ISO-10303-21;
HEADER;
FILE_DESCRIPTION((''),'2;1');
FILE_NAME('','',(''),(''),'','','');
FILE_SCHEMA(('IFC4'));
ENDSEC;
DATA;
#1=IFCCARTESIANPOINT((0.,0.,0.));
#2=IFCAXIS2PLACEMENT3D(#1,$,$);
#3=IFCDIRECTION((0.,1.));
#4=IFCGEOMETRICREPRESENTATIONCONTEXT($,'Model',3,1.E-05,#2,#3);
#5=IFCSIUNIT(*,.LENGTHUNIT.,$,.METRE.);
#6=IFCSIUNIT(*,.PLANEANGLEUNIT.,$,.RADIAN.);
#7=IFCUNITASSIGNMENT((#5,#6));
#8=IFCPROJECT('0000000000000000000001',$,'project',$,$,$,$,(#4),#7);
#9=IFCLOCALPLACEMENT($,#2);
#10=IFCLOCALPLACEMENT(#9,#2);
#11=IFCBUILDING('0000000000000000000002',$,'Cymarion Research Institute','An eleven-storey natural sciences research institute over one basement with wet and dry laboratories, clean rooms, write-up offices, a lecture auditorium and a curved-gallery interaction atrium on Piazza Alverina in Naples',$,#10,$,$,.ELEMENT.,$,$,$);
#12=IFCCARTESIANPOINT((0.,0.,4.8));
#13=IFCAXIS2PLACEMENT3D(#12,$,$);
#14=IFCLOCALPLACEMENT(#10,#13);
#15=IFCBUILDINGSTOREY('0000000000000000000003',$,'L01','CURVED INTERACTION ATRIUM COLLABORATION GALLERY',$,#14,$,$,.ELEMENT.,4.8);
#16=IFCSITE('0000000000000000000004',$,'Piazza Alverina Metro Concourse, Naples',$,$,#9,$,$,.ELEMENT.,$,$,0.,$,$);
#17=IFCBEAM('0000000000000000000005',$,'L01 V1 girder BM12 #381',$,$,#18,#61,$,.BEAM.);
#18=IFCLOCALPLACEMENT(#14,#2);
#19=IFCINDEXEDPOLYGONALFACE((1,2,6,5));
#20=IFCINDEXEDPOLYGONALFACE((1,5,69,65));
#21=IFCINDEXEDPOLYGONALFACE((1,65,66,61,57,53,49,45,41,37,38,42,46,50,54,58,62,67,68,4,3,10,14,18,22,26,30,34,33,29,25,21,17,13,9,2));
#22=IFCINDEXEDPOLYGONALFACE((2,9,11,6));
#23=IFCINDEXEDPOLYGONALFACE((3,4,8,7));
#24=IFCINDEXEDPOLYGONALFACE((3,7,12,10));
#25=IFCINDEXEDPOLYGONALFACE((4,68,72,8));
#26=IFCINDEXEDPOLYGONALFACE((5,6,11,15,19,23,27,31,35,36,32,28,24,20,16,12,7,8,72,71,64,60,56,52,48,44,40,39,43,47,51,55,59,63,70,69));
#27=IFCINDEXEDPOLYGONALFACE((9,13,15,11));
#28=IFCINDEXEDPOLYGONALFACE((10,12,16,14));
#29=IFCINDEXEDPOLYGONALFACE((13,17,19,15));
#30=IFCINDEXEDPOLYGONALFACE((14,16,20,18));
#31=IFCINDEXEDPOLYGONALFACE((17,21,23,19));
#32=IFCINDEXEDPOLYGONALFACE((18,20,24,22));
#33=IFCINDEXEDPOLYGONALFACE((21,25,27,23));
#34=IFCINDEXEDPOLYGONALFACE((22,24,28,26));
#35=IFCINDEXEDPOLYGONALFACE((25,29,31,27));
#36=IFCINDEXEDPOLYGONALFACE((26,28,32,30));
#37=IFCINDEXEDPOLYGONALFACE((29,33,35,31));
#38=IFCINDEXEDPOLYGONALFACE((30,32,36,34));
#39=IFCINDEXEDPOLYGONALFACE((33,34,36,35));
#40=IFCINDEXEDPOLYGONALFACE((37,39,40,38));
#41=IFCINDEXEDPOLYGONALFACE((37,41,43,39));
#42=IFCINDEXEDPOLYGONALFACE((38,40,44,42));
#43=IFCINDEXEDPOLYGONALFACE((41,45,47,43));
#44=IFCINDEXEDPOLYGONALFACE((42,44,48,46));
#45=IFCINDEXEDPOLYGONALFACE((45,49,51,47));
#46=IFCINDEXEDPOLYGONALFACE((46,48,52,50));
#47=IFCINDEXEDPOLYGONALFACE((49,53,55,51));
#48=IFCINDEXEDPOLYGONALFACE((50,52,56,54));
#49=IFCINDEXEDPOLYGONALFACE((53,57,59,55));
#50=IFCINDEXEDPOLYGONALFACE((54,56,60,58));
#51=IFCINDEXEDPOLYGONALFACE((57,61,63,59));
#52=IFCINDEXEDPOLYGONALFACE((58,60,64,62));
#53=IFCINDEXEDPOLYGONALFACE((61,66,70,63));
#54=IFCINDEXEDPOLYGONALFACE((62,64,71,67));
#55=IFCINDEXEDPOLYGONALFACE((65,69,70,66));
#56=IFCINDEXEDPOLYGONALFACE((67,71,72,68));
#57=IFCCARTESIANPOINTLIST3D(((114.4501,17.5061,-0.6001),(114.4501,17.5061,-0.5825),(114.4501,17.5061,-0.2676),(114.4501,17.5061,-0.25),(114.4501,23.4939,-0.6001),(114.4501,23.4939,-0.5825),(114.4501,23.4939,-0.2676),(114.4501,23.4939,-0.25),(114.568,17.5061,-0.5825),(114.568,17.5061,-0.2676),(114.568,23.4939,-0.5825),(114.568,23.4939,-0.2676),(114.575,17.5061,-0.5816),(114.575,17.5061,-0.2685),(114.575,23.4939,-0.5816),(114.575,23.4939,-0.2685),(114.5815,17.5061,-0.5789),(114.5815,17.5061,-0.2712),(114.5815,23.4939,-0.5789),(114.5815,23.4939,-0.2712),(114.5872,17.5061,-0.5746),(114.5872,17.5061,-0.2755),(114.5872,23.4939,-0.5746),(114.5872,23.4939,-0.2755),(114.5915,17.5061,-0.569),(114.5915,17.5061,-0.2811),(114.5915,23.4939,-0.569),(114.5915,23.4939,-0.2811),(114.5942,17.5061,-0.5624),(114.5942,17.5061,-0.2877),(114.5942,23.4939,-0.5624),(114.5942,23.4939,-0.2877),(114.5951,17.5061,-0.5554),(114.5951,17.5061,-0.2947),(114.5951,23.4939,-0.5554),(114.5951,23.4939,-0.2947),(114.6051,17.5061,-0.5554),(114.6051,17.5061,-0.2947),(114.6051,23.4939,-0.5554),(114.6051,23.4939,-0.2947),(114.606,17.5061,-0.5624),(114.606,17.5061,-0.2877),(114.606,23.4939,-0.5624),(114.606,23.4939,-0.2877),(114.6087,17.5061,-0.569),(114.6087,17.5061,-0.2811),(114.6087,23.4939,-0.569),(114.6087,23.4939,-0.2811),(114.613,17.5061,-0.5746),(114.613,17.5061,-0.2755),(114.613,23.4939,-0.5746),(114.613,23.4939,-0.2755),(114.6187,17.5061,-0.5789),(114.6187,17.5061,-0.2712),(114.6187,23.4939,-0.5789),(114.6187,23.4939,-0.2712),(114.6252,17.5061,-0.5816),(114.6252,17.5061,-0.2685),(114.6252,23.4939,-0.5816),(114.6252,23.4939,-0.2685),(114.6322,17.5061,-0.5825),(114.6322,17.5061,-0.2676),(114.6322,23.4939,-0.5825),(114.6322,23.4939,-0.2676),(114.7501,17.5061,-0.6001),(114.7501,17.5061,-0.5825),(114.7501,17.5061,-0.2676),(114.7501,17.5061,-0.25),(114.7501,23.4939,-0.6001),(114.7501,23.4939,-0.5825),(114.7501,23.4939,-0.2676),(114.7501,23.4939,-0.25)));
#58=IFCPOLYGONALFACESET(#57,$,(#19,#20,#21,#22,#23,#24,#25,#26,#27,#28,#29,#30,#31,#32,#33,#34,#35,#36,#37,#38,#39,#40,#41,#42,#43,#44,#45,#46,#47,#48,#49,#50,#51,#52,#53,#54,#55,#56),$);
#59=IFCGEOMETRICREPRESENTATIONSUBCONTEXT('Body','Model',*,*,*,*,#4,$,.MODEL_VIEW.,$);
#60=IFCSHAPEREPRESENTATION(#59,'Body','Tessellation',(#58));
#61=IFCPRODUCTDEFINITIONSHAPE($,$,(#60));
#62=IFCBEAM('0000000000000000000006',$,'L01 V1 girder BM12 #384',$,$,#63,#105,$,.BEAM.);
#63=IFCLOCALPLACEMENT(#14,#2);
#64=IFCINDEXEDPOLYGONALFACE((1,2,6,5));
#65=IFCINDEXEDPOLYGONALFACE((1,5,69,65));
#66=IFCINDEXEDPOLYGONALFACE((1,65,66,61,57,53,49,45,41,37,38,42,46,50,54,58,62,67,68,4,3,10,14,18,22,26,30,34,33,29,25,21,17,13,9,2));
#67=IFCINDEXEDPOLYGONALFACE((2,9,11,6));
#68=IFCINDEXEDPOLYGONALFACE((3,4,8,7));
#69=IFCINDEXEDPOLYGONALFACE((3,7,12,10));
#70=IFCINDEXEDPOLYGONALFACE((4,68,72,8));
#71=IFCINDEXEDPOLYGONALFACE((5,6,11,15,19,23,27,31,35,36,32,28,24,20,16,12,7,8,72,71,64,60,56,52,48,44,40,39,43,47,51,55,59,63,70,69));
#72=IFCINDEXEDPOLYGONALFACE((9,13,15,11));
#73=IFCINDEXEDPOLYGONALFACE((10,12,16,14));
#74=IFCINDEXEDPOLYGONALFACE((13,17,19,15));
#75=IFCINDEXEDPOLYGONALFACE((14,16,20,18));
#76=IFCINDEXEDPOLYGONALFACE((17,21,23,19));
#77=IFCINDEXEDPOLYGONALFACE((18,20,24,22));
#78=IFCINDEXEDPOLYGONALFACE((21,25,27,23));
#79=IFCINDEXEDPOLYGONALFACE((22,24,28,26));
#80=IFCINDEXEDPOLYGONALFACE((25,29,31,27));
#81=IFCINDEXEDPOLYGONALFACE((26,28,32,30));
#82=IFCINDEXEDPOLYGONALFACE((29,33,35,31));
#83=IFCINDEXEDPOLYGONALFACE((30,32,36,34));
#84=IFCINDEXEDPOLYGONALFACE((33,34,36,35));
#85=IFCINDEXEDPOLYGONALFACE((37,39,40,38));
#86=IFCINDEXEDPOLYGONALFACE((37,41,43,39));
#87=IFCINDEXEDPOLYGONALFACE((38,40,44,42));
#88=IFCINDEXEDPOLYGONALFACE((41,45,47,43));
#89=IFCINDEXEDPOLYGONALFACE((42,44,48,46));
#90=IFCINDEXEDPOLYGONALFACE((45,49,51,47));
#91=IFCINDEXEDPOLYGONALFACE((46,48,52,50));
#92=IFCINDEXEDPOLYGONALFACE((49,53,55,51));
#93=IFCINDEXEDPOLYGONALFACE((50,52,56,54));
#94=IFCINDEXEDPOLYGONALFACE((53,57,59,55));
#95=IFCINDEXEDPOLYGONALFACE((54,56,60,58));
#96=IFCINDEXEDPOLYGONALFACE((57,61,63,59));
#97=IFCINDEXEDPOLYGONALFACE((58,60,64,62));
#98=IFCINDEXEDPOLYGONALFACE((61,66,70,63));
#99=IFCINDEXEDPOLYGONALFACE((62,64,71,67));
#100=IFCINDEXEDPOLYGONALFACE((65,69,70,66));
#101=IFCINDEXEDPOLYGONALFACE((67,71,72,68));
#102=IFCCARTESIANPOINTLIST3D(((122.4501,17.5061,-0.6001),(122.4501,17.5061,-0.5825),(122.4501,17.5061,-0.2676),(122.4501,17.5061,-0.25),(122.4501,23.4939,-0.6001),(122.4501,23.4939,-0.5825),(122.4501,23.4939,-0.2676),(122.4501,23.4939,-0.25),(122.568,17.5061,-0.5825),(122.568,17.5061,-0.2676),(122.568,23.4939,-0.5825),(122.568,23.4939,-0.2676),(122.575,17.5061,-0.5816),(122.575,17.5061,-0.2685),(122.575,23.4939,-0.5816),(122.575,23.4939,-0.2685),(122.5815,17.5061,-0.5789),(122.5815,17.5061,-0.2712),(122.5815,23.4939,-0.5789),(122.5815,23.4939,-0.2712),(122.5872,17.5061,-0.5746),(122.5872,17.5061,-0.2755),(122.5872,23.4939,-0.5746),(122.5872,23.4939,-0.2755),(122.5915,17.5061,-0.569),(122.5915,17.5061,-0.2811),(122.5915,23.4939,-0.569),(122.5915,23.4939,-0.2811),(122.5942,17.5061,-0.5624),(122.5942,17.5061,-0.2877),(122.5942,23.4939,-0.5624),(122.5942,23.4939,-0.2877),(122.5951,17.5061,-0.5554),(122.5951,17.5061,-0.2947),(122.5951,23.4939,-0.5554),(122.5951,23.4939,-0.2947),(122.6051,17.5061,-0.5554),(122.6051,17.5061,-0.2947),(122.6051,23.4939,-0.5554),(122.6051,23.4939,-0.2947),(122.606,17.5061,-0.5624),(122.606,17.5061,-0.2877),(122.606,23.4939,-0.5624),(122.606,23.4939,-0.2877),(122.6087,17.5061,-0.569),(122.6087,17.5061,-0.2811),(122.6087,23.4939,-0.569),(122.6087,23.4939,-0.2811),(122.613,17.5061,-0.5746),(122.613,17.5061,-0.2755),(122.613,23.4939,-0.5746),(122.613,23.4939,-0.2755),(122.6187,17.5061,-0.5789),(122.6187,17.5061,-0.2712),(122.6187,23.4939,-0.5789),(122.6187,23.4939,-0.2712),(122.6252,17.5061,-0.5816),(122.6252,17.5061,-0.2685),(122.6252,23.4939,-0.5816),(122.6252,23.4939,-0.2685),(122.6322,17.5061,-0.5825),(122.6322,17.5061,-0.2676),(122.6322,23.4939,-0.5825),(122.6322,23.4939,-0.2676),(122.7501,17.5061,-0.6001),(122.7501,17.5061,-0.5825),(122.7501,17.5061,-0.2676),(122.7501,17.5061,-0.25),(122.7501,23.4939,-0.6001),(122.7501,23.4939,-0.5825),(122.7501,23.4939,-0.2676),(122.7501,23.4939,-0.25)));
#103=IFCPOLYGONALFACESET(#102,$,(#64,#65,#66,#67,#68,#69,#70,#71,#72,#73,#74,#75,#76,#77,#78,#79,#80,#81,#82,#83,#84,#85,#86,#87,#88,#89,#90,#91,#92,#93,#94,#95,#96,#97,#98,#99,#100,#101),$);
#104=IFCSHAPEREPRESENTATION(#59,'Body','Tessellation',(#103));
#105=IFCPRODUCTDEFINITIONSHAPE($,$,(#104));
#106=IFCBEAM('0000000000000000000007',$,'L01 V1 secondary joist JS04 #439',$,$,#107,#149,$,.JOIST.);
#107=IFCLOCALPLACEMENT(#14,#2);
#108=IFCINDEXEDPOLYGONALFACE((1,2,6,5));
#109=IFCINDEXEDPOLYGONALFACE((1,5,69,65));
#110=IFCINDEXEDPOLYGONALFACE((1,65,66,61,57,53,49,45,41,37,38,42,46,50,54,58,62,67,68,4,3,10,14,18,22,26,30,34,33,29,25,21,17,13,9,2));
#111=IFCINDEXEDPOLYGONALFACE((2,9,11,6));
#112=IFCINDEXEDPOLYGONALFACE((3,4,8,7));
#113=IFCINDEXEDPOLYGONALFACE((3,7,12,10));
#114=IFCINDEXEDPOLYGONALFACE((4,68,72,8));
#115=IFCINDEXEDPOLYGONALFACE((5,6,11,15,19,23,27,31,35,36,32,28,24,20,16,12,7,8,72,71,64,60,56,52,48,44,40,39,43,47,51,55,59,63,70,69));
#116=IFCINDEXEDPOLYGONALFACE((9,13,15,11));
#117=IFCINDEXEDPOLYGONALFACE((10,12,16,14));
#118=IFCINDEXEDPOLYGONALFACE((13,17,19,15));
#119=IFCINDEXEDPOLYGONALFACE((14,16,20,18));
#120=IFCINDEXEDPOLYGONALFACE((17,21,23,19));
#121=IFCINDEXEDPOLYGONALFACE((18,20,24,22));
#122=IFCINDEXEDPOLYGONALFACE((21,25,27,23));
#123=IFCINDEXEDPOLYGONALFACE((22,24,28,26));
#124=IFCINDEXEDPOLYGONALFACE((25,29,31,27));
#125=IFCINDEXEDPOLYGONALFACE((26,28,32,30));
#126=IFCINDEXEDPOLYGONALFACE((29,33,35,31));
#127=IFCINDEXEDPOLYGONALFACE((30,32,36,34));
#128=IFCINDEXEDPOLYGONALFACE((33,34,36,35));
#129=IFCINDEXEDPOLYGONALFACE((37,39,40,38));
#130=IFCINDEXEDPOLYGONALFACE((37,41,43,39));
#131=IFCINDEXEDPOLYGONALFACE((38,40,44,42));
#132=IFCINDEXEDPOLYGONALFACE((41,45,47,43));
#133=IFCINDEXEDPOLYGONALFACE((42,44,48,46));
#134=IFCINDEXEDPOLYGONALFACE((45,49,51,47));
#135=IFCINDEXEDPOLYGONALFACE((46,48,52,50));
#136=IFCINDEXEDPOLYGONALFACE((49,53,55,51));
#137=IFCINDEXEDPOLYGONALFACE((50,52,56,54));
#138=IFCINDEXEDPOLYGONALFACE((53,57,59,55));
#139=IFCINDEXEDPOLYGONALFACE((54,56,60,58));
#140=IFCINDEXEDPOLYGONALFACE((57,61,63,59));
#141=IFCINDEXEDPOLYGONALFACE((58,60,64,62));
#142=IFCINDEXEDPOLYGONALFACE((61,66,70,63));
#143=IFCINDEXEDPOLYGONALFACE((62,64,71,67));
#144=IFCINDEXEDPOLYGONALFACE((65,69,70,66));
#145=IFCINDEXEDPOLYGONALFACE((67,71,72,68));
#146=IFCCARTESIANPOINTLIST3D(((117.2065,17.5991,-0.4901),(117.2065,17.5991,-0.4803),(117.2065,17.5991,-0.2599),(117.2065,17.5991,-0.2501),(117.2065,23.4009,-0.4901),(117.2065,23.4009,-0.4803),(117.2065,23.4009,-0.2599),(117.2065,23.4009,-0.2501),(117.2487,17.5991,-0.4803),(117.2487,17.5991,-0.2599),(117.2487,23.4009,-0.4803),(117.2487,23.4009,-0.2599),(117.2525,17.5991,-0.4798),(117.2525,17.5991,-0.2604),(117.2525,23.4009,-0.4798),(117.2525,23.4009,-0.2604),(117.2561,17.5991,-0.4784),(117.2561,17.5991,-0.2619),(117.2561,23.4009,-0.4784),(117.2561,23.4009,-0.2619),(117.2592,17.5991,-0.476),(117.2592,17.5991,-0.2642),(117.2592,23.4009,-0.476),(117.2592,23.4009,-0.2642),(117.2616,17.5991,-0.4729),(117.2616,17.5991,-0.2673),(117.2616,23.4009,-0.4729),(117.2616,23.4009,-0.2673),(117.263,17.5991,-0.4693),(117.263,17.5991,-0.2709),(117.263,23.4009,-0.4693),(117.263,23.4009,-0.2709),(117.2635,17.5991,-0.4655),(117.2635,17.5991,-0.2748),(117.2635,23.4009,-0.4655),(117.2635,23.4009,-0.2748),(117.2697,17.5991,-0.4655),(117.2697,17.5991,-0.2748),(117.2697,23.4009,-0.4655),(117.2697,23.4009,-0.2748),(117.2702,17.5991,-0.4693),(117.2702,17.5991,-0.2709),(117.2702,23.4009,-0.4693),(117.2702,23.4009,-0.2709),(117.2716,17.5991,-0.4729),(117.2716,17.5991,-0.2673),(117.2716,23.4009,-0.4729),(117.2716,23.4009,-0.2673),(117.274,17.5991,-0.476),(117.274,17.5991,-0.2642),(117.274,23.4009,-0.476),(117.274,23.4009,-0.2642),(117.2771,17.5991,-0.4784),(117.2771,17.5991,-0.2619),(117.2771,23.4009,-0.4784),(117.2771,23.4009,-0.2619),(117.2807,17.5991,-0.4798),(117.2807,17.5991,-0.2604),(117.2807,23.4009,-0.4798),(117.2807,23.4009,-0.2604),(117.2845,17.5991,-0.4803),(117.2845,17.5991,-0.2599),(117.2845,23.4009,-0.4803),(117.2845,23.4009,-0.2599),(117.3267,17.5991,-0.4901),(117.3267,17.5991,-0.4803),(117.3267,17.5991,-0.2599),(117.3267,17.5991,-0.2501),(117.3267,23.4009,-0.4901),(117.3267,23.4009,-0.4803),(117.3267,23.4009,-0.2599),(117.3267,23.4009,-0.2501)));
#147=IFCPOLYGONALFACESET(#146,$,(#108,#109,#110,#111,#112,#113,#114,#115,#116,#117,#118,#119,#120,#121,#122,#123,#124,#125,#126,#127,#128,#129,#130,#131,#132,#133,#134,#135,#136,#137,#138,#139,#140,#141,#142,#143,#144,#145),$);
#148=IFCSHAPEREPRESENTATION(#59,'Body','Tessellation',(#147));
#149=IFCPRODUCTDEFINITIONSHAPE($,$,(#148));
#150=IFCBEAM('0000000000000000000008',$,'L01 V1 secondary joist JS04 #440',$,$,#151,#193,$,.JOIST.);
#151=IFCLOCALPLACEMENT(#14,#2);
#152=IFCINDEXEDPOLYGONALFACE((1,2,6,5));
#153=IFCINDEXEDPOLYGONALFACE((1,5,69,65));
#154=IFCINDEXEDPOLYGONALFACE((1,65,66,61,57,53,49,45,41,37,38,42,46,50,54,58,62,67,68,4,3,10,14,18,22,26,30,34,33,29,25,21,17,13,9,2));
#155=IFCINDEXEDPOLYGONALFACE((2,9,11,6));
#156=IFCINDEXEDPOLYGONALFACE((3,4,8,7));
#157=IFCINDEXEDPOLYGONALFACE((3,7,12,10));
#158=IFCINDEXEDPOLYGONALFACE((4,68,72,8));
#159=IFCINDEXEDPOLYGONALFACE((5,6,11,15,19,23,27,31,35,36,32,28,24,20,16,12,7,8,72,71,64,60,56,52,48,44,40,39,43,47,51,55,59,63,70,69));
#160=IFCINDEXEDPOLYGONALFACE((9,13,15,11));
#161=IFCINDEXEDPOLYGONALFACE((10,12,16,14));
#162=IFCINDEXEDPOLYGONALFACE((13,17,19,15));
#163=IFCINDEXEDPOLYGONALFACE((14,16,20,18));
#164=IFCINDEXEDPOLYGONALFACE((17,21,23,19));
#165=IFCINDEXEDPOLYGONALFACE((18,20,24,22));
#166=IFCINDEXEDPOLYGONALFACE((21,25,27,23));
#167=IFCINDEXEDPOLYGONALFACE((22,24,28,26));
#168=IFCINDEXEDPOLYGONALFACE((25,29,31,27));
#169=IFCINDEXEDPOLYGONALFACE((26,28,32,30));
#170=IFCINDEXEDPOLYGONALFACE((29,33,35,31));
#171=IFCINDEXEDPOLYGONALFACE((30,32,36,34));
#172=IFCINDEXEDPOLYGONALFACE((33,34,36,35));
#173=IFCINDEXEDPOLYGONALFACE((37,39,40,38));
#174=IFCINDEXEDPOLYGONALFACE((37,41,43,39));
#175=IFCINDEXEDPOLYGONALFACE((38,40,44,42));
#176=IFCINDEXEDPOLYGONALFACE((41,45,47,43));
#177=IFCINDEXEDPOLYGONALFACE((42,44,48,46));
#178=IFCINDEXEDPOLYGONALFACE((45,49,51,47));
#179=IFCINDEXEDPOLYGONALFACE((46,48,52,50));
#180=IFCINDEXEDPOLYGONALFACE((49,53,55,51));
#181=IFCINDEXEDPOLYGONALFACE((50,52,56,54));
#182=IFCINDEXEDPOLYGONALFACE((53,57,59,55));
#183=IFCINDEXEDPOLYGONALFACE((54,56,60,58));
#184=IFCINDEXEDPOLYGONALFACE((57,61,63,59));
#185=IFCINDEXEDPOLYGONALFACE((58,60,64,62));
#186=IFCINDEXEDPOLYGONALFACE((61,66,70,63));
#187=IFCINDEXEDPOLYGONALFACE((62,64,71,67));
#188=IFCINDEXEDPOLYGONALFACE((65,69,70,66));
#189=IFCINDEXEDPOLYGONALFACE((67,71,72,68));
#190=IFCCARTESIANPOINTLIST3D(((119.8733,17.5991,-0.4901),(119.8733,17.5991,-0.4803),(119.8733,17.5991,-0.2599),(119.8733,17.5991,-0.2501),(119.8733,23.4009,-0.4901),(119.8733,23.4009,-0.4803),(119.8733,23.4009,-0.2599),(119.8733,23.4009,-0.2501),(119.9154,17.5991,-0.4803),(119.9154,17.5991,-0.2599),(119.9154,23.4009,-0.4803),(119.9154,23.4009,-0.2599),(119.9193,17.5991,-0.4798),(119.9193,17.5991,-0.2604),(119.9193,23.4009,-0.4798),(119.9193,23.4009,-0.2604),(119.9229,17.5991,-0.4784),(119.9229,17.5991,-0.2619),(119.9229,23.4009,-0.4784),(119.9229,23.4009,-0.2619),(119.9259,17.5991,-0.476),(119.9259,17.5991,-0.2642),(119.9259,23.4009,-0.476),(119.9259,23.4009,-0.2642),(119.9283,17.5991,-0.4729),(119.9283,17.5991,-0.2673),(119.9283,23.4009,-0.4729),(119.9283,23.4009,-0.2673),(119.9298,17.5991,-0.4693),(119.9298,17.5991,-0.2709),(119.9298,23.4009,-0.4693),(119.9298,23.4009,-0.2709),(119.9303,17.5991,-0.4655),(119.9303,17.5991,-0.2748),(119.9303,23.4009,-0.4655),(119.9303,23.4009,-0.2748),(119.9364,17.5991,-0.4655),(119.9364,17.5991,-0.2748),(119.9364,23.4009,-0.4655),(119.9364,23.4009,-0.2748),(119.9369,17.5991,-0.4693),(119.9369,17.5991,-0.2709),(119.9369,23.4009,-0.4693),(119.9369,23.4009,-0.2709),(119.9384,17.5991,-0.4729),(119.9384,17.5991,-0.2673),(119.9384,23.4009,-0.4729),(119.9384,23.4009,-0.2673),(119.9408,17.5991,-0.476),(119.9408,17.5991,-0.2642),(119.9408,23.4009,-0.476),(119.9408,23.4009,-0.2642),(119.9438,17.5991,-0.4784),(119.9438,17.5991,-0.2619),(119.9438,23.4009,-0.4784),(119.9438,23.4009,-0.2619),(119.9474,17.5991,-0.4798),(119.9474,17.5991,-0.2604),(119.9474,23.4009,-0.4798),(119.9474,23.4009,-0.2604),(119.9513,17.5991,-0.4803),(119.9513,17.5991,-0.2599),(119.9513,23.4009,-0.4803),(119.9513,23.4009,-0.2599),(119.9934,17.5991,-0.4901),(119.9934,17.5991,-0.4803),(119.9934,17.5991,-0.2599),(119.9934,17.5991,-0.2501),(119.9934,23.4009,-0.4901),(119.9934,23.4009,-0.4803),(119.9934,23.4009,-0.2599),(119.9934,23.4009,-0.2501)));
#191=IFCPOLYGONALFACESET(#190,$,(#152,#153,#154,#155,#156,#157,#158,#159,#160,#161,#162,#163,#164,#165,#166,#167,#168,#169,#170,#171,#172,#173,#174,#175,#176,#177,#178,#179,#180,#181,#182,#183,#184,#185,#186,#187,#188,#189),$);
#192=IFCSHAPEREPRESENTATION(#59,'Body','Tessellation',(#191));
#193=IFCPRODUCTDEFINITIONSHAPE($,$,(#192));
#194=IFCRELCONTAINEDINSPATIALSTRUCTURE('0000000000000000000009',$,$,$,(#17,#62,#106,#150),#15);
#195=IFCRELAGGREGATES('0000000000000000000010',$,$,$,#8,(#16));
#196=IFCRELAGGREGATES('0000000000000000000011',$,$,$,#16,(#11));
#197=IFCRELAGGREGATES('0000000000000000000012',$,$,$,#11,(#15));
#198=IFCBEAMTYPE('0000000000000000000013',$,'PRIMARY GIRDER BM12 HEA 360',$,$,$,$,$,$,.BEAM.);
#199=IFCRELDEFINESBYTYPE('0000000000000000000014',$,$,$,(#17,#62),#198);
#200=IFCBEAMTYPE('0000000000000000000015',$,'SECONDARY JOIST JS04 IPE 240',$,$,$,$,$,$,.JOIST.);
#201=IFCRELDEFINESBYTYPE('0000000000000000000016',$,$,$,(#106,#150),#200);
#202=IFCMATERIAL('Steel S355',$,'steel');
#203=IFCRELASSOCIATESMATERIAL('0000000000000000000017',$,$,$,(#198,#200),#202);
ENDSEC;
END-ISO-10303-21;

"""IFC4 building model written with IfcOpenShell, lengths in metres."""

from ifc_helpers import new_model, si_unit, direction, frame, origin, origin_2d, place, context, subcontext, project, spatial, i_section, extrude, material, material_profile, profile_set, type_object, element, save


model = new_model("IFC4")

# Units and contexts
model_context = context("Model", 3, precision=1e-05, world=origin(), true_north=direction((0.0, 1.0)))
body_context = subcontext(model_context, "Body", "Model", "MODEL_VIEW")
ifc_project = project(units=[si_unit("LENGTHUNIT", "METRE"), si_unit("PLANEANGLEUNIT", "RADIAN")], contexts=[model_context])

# Site, building, storey
site_placement = place(None, origin())
site = spatial("IfcSite", under=ifc_project, at=site_placement, Name="Piazza Alverina Metro Concourse, Naples", CompositionType="ELEMENT", RefElevation=0.0)
building_placement = place(site_placement, origin())
building = spatial("IfcBuilding", under=site, at=building_placement, Name="Cymarion Research Institute", Description="An eleven-storey natural sciences research institute over one basement with wet and dry laboratories, clean rooms, write-up offices, a lecture auditorium and a curved-gallery interaction atrium on Piazza Alverina in Naples", CompositionType="ELEMENT")
storey_placement = place(building_placement, frame((0.0, 0.0, 4.8)))
storey = spatial("IfcBuildingStorey", under=building, at=storey_placement, Name="L01", Description="CURVED INTERACTION ATRIUM COLLABORATION GALLERY", CompositionType="ELEMENT", Elevation=4.8)

# Shared definitions
ifc_material_1 = material(Name="Steel S355", Category="steel")

# Beams
ifc_material_profile_1 = material_profile(ifc_material_1, i_section(OverallWidth=0.3, OverallDepth=0.3501, WebThickness=0.01, FlangeThickness=0.0176, FilletRadius=0.0271, at=origin_2d()), Name="HEA 360")
ifc_profile_set_1 = profile_set([ifc_material_profile_1], Name="Steel S355")
beam_type_1 = type_object("IfcBeamType", Name="PRIMARY GIRDER BM12 HEA 360", PredefinedType="BEAM", material=ifc_profile_set_1)
for number, where, z_axis, x_axis, name in (
    (1, (114.6001, 17.5061, -0.425), (0.0, 1.0, 0.0), (-1.0, 0.0, 0.0), "L01 V1 girder BM12 #381"),
    (2, (122.6001, 17.5061, -0.425), (0.0, 1.0, 0.0), (-1.0, 0.0, 0.0), "L01 V1 girder BM12 #384"),
):
    element("IfcBeam", number, at=place(storey_placement, frame(where, z_axis=z_axis, x_axis=x_axis)), inside=storey, type_object=beam_type_1, Name=name, PredefinedType="BEAM", context=body_context, shape_type="SweptSolid", body=[
        extrude(i_section(OverallWidth=0.3, OverallDepth=0.3501, WebThickness=0.01, FlangeThickness=0.0176, FilletRadius=0.0271, at=origin_2d()), origin(), (0.0, 0.0, 1.0), 5.9878),
    ])
ifc_material_profile_2 = material_profile(ifc_material_1, i_section(OverallWidth=0.1201, OverallDepth=0.24, WebThickness=0.0061, FlangeThickness=0.0098, FilletRadius=0.0149, at=origin_2d()), Name="IPE 240")
ifc_profile_set_2 = profile_set([ifc_material_profile_2], Name="Steel S355")
beam_type_2 = type_object("IfcBeamType", Name="SECONDARY JOIST JS04 IPE 240", PredefinedType="JOIST", material=ifc_profile_set_2)
for number, where, z_axis, x_axis, name in (
    (3, (117.2666, 17.5991, -0.3701), (0.0, 1.0, 0.0), (-1.0, 0.0, 0.0), "L01 V1 secondary joist JS04 #439"),
    (4, (119.9333, 17.5991, -0.3701), (0.0, 1.0, 0.0), (-1.0, 0.0, 0.0), "L01 V1 secondary joist JS04 #440"),
):
    element("IfcBeam", number, at=place(storey_placement, frame(where, z_axis=z_axis, x_axis=x_axis)), inside=storey, type_object=beam_type_2, Name=name, PredefinedType="JOIST", context=body_context, shape_type="SweptSolid", body=[
        extrude(i_section(OverallWidth=0.1201, OverallDepth=0.24, WebThickness=0.0061, FlangeThickness=0.0098, FilletRadius=0.0149, at=origin_2d()), origin(), (0.0, 0.0, 1.0), 5.8018),
    ])

save(model, "model.ifc")
